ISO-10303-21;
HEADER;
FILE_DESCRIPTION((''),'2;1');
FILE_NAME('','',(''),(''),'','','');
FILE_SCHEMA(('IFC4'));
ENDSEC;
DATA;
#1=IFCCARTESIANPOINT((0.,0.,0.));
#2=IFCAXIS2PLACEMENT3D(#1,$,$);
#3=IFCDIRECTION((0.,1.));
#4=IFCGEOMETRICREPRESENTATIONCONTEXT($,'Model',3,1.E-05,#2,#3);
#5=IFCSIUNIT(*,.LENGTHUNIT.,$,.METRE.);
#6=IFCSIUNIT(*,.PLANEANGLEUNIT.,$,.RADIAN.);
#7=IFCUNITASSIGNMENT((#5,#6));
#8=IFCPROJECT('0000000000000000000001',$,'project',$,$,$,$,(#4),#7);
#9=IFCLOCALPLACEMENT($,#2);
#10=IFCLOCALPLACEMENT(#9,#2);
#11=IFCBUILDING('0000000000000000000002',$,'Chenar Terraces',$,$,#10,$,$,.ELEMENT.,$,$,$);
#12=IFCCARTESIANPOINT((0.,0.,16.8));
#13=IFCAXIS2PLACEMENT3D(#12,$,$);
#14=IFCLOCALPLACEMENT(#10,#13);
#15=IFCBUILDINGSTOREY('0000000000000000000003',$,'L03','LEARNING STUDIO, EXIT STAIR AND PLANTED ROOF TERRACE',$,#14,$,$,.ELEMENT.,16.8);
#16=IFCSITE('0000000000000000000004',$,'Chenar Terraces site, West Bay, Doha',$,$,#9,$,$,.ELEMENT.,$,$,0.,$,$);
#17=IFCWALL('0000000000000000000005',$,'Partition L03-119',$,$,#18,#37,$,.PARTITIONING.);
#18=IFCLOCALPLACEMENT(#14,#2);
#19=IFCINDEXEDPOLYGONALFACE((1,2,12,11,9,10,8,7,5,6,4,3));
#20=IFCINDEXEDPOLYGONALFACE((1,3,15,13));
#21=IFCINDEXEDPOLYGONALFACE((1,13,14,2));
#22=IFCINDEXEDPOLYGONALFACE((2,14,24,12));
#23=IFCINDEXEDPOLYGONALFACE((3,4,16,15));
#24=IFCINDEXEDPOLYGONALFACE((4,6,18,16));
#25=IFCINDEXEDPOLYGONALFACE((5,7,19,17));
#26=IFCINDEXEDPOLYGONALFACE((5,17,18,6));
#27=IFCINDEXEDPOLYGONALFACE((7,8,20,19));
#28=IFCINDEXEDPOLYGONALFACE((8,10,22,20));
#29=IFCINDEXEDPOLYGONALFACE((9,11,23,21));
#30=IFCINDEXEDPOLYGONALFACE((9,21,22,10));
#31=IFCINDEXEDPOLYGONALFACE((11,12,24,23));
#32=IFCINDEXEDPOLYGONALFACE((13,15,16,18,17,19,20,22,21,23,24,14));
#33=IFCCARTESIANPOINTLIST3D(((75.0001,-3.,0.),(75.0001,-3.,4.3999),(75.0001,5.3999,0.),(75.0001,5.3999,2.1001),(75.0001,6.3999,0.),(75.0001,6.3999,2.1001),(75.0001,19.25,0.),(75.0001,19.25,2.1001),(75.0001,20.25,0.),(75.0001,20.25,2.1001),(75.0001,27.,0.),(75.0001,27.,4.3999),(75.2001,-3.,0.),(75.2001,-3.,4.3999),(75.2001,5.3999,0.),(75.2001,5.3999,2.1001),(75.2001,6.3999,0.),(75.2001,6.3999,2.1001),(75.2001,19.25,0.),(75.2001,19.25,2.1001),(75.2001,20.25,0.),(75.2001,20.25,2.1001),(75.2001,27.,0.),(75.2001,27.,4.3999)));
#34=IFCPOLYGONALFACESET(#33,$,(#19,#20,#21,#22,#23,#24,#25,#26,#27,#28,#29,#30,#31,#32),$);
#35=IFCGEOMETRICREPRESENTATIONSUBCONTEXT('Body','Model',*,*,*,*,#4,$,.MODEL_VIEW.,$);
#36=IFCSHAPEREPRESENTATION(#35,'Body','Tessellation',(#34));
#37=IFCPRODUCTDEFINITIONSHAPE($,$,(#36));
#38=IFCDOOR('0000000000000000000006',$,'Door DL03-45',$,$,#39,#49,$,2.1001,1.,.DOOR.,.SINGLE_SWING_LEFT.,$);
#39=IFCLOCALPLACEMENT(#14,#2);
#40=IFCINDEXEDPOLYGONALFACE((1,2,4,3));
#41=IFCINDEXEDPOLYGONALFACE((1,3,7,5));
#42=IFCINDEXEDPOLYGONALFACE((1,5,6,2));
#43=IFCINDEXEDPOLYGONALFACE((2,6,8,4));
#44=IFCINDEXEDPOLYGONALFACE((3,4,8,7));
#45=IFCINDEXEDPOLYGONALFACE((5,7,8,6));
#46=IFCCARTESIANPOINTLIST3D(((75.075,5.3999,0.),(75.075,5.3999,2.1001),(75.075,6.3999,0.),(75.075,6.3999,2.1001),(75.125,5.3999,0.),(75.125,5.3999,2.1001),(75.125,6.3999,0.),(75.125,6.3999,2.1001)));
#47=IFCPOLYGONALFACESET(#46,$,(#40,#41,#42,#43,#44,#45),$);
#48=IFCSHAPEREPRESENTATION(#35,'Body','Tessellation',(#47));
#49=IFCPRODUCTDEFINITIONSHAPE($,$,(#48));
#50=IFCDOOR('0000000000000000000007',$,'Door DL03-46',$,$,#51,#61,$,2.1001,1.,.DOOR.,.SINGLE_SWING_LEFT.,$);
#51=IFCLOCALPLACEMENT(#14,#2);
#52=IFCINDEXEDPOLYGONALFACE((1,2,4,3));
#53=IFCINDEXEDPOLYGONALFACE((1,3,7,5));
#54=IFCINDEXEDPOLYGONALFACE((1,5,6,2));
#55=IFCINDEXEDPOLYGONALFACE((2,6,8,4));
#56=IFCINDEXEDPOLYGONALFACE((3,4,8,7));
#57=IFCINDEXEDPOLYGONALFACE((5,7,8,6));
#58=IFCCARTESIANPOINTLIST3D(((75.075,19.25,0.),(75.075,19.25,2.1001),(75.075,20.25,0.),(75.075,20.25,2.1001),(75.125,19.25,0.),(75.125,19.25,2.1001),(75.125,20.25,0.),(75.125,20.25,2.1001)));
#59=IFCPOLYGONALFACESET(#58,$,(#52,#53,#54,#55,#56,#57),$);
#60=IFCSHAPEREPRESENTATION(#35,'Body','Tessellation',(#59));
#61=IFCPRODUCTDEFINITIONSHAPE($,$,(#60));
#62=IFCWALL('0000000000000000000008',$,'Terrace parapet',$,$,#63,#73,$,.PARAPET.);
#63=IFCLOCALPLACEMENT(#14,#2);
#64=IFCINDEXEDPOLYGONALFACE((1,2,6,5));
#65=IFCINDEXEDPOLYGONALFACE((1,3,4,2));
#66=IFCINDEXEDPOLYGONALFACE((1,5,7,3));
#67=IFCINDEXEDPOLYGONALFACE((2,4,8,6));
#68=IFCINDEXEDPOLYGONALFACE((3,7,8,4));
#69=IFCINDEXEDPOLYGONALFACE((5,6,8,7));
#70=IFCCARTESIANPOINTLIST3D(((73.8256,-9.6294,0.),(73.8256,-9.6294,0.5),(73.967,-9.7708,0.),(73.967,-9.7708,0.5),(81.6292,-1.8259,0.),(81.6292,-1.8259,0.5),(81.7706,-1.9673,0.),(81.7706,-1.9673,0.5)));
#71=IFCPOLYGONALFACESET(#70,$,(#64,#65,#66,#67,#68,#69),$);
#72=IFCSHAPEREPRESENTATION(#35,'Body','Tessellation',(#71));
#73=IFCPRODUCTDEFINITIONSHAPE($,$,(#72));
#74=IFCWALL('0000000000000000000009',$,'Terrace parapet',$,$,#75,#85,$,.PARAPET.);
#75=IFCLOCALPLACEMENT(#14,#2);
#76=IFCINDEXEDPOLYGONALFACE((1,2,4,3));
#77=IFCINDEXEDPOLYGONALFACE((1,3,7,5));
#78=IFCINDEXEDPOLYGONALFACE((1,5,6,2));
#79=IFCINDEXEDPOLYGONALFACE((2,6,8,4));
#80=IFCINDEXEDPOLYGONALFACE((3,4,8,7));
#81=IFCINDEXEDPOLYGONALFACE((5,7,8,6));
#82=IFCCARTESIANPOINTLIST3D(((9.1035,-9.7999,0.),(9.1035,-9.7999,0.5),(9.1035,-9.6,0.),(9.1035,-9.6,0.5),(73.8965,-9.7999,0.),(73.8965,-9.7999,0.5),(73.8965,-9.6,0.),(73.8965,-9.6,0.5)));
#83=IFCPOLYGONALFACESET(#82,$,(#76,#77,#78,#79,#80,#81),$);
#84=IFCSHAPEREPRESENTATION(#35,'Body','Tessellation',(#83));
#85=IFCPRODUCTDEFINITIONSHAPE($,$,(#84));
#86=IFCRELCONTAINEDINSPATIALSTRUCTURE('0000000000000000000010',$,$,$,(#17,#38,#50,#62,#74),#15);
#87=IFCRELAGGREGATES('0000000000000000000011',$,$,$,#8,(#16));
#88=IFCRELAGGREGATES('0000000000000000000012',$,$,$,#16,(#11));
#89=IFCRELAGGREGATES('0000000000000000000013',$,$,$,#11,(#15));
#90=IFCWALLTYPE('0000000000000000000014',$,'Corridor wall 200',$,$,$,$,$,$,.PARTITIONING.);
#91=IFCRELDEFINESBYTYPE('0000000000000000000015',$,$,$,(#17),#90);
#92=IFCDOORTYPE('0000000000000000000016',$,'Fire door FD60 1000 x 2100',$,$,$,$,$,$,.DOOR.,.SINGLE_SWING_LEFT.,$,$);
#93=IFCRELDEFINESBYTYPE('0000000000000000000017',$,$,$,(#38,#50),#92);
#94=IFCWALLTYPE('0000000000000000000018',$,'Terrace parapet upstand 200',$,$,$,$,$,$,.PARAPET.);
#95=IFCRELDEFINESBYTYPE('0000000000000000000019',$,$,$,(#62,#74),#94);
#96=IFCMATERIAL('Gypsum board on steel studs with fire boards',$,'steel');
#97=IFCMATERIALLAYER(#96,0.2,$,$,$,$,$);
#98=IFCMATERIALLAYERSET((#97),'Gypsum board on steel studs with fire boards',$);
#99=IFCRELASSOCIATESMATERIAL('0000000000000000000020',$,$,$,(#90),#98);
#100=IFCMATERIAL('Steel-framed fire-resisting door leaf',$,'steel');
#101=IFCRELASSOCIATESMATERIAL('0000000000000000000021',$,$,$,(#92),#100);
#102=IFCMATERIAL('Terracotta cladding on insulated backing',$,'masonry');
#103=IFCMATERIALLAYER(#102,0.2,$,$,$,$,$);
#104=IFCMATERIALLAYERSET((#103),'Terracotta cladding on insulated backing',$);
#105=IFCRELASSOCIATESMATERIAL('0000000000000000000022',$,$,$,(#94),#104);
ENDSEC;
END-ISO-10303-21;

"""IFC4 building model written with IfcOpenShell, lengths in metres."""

from ifc_helpers import new_model, si_unit, direction, frame, frame_2d, origin, place, context, subcontext, project, spatial, rectangle, extrude, material, layer, layer_set, type_object, element, fill, save


model = new_model("IFC4")

# Units and contexts
model_context = context("Model", 3, precision=1e-05, world=origin(), true_north=direction((0.0, 1.0)))
body_context = subcontext(model_context, "Body", "Model", "MODEL_VIEW")
ifc_project = project(units=[si_unit("LENGTHUNIT", "METRE"), si_unit("PLANEANGLEUNIT", "RADIAN")], contexts=[model_context])

# Site, building, storey
site_placement = place(None, origin())
site = spatial("IfcSite", under=ifc_project, at=site_placement, Name="Chenar Terraces site, West Bay, Doha", CompositionType="ELEMENT", RefElevation=0.0)
building_placement = place(site_placement, origin())
building = spatial("IfcBuilding", under=site, at=building_placement, Name="Chenar Terraces", CompositionType="ELEMENT")
storey_placement = place(building_placement, frame((0.0, 0.0, 16.8)))
storey = spatial("IfcBuildingStorey", under=building, at=storey_placement, Name="L03", Description="LEARNING STUDIO, EXIT STAIR AND PLANTED ROOF TERRACE", CompositionType="ELEMENT", Elevation=16.8)

# Wall, openings, doors
ifc_material_1 = material(Name="Gypsum board on steel studs with fire boards", Category="steel")
ifc_layer_1 = layer(ifc_material_1, 0.2)
ifc_layer_set_1 = layer_set([ifc_layer_1], Name="Gypsum board on steel studs with fire boards")
wall_type_1 = type_object("IfcWallType", Name="Corridor wall 200", PredefinedType="PARTITIONING", material=ifc_layer_set_1)
wall_1_placement = place(storey_placement, frame((75.1001, -3.0, 0.0), z_axis=(0.0, 0.0, 1.0), x_axis=(0.0, 1.0, 0.0)))
wall_1 = element("IfcWall", 1, at=wall_1_placement, inside=storey, type_object=wall_type_1, Name="Partition L03-119", PredefinedType="PARTITIONING", context=body_context, shape_type="SweptSolid", body=[
    extrude(rectangle(XDim=30.0, YDim=0.2, at=frame_2d((15.0, 0.0))), origin(), (0.0, 0.0, 1.0), 4.3999),
])
opening_1_placement = place(wall_1_placement, frame((8.3999, 0.0, 0.0)))
opening_1 = element("IfcOpeningElement", 2, at=opening_1_placement, cuts=wall_1, PredefinedType="OPENING", context=body_context, shape_type="SweptSolid", body=[
    extrude(rectangle(XDim=1.0, YDim=2.1001, at=frame_2d((0.5, 1.05))), frame((0.0, 0.1099, 0.0), z_axis=(0.0, -1.0, 0.0), x_axis=(1.0, 0.0, 0.0)), (0.0, 0.0, 1.0), 0.22),
])
opening_2_placement = place(wall_1_placement, frame((22.25, 0.0, 0.0)))
opening_2 = element("IfcOpeningElement", 3, at=opening_2_placement, cuts=wall_1, PredefinedType="OPENING", context=body_context, shape_type="SweptSolid", body=[
    extrude(rectangle(XDim=1.0, YDim=2.1001, at=frame_2d((0.5, 1.05))), frame((0.0, 0.1099, 0.0), z_axis=(0.0, -1.0, 0.0), x_axis=(1.0, 0.0, 0.0)), (0.0, 0.0, 1.0), 0.22),
])
ifc_material_2 = material(Name="Steel-framed fire-resisting door leaf", Category="steel")
door_type_1 = type_object("IfcDoorType", Name="Fire door FD60 1000 x 2100", OperationType="SINGLE_SWING_LEFT", PredefinedType="DOOR", material=ifc_material_2)
door_1_placement = place(opening_1_placement, frame((1.0, 0.0, 0.0), z_axis=(0.0, 0.0, 1.0), x_axis=(-1.0, 0.0, 0.0)))
door_1 = element("IfcDoor", 4, at=door_1_placement, inside=storey, type_object=door_type_1, Name="Door DL03-45", OperationType="SINGLE_SWING_LEFT", OverallHeight=2.1001, OverallWidth=1.0, PredefinedType="DOOR", context=body_context, shape_type="SweptSolid", body=[
    extrude(rectangle(XDim=1.0, YDim=2.1001, at=frame_2d((0.5, 1.05))), frame((0.0, 0.0249, 0.0), z_axis=(0.0, -1.0, 0.0), x_axis=(1.0, 0.0, 0.0)), (0.0, 0.0, 1.0), 0.05),
])
fill(opening_1, door_1)
door_2_placement = place(opening_2_placement, frame((1.0, 0.0, 0.0), z_axis=(0.0, 0.0, 1.0), x_axis=(-1.0, 0.0, 0.0)))
door_2 = element("IfcDoor", 5, at=door_2_placement, inside=storey, type_object=door_type_1, Name="Door DL03-46", OperationType="SINGLE_SWING_LEFT", OverallHeight=2.1001, OverallWidth=1.0, PredefinedType="DOOR", context=body_context, shape_type="SweptSolid", body=[
    extrude(rectangle(XDim=1.0, YDim=2.1001, at=frame_2d((0.5, 1.05))), frame((0.0, 0.0249, 0.0), z_axis=(0.0, -1.0, 0.0), x_axis=(1.0, 0.0, 0.0)), (0.0, 0.0, 1.0), 0.05),
])
fill(opening_2, door_2)

# Walls
ifc_material_3 = material(Name="Terracotta cladding on insulated backing", Category="masonry")
ifc_layer_2 = layer(ifc_material_3, 0.2)
ifc_layer_set_2 = layer_set([ifc_layer_2], Name="Terracotta cladding on insulated backing")
wall_type_2 = type_object("IfcWallType", Name="Terrace parapet upstand 200", PredefinedType="PARAPET", material=ifc_layer_set_2)
wall_2_placement = place(storey_placement, frame((81.7, -1.8965, 0.0), z_axis=(0.0, 0.0, 1.0), x_axis=(-0.707107, -0.707107, 0.0)))
element("IfcWall", 6, at=wall_2_placement, inside=storey, type_object=wall_type_2, Name="Terrace parapet", PredefinedType="PARAPET", context=body_context, shape_type="SweptSolid", body=[
    extrude(rectangle(XDim=11.0359, YDim=0.2, at=frame_2d((5.5181, 0.0))), origin(), (0.0, 0.0, 1.0), 0.5),
])
wall_3_placement = place(storey_placement, frame((73.8965, -9.7, 0.0), z_axis=(0.0, 0.0, 1.0), x_axis=(-1.0, 0.0, 0.0)))
element("IfcWall", 7, at=wall_3_placement, inside=storey, type_object=wall_type_2, Name="Terrace parapet", PredefinedType="PARAPET", context=body_context, shape_type="SweptSolid", body=[
    extrude(rectangle(XDim=64.793, YDim=0.2, at=frame_2d((32.3965, 0.0))), origin(), (0.0, 0.0, 1.0), 0.5),
])

save(model, "model.ifc")
